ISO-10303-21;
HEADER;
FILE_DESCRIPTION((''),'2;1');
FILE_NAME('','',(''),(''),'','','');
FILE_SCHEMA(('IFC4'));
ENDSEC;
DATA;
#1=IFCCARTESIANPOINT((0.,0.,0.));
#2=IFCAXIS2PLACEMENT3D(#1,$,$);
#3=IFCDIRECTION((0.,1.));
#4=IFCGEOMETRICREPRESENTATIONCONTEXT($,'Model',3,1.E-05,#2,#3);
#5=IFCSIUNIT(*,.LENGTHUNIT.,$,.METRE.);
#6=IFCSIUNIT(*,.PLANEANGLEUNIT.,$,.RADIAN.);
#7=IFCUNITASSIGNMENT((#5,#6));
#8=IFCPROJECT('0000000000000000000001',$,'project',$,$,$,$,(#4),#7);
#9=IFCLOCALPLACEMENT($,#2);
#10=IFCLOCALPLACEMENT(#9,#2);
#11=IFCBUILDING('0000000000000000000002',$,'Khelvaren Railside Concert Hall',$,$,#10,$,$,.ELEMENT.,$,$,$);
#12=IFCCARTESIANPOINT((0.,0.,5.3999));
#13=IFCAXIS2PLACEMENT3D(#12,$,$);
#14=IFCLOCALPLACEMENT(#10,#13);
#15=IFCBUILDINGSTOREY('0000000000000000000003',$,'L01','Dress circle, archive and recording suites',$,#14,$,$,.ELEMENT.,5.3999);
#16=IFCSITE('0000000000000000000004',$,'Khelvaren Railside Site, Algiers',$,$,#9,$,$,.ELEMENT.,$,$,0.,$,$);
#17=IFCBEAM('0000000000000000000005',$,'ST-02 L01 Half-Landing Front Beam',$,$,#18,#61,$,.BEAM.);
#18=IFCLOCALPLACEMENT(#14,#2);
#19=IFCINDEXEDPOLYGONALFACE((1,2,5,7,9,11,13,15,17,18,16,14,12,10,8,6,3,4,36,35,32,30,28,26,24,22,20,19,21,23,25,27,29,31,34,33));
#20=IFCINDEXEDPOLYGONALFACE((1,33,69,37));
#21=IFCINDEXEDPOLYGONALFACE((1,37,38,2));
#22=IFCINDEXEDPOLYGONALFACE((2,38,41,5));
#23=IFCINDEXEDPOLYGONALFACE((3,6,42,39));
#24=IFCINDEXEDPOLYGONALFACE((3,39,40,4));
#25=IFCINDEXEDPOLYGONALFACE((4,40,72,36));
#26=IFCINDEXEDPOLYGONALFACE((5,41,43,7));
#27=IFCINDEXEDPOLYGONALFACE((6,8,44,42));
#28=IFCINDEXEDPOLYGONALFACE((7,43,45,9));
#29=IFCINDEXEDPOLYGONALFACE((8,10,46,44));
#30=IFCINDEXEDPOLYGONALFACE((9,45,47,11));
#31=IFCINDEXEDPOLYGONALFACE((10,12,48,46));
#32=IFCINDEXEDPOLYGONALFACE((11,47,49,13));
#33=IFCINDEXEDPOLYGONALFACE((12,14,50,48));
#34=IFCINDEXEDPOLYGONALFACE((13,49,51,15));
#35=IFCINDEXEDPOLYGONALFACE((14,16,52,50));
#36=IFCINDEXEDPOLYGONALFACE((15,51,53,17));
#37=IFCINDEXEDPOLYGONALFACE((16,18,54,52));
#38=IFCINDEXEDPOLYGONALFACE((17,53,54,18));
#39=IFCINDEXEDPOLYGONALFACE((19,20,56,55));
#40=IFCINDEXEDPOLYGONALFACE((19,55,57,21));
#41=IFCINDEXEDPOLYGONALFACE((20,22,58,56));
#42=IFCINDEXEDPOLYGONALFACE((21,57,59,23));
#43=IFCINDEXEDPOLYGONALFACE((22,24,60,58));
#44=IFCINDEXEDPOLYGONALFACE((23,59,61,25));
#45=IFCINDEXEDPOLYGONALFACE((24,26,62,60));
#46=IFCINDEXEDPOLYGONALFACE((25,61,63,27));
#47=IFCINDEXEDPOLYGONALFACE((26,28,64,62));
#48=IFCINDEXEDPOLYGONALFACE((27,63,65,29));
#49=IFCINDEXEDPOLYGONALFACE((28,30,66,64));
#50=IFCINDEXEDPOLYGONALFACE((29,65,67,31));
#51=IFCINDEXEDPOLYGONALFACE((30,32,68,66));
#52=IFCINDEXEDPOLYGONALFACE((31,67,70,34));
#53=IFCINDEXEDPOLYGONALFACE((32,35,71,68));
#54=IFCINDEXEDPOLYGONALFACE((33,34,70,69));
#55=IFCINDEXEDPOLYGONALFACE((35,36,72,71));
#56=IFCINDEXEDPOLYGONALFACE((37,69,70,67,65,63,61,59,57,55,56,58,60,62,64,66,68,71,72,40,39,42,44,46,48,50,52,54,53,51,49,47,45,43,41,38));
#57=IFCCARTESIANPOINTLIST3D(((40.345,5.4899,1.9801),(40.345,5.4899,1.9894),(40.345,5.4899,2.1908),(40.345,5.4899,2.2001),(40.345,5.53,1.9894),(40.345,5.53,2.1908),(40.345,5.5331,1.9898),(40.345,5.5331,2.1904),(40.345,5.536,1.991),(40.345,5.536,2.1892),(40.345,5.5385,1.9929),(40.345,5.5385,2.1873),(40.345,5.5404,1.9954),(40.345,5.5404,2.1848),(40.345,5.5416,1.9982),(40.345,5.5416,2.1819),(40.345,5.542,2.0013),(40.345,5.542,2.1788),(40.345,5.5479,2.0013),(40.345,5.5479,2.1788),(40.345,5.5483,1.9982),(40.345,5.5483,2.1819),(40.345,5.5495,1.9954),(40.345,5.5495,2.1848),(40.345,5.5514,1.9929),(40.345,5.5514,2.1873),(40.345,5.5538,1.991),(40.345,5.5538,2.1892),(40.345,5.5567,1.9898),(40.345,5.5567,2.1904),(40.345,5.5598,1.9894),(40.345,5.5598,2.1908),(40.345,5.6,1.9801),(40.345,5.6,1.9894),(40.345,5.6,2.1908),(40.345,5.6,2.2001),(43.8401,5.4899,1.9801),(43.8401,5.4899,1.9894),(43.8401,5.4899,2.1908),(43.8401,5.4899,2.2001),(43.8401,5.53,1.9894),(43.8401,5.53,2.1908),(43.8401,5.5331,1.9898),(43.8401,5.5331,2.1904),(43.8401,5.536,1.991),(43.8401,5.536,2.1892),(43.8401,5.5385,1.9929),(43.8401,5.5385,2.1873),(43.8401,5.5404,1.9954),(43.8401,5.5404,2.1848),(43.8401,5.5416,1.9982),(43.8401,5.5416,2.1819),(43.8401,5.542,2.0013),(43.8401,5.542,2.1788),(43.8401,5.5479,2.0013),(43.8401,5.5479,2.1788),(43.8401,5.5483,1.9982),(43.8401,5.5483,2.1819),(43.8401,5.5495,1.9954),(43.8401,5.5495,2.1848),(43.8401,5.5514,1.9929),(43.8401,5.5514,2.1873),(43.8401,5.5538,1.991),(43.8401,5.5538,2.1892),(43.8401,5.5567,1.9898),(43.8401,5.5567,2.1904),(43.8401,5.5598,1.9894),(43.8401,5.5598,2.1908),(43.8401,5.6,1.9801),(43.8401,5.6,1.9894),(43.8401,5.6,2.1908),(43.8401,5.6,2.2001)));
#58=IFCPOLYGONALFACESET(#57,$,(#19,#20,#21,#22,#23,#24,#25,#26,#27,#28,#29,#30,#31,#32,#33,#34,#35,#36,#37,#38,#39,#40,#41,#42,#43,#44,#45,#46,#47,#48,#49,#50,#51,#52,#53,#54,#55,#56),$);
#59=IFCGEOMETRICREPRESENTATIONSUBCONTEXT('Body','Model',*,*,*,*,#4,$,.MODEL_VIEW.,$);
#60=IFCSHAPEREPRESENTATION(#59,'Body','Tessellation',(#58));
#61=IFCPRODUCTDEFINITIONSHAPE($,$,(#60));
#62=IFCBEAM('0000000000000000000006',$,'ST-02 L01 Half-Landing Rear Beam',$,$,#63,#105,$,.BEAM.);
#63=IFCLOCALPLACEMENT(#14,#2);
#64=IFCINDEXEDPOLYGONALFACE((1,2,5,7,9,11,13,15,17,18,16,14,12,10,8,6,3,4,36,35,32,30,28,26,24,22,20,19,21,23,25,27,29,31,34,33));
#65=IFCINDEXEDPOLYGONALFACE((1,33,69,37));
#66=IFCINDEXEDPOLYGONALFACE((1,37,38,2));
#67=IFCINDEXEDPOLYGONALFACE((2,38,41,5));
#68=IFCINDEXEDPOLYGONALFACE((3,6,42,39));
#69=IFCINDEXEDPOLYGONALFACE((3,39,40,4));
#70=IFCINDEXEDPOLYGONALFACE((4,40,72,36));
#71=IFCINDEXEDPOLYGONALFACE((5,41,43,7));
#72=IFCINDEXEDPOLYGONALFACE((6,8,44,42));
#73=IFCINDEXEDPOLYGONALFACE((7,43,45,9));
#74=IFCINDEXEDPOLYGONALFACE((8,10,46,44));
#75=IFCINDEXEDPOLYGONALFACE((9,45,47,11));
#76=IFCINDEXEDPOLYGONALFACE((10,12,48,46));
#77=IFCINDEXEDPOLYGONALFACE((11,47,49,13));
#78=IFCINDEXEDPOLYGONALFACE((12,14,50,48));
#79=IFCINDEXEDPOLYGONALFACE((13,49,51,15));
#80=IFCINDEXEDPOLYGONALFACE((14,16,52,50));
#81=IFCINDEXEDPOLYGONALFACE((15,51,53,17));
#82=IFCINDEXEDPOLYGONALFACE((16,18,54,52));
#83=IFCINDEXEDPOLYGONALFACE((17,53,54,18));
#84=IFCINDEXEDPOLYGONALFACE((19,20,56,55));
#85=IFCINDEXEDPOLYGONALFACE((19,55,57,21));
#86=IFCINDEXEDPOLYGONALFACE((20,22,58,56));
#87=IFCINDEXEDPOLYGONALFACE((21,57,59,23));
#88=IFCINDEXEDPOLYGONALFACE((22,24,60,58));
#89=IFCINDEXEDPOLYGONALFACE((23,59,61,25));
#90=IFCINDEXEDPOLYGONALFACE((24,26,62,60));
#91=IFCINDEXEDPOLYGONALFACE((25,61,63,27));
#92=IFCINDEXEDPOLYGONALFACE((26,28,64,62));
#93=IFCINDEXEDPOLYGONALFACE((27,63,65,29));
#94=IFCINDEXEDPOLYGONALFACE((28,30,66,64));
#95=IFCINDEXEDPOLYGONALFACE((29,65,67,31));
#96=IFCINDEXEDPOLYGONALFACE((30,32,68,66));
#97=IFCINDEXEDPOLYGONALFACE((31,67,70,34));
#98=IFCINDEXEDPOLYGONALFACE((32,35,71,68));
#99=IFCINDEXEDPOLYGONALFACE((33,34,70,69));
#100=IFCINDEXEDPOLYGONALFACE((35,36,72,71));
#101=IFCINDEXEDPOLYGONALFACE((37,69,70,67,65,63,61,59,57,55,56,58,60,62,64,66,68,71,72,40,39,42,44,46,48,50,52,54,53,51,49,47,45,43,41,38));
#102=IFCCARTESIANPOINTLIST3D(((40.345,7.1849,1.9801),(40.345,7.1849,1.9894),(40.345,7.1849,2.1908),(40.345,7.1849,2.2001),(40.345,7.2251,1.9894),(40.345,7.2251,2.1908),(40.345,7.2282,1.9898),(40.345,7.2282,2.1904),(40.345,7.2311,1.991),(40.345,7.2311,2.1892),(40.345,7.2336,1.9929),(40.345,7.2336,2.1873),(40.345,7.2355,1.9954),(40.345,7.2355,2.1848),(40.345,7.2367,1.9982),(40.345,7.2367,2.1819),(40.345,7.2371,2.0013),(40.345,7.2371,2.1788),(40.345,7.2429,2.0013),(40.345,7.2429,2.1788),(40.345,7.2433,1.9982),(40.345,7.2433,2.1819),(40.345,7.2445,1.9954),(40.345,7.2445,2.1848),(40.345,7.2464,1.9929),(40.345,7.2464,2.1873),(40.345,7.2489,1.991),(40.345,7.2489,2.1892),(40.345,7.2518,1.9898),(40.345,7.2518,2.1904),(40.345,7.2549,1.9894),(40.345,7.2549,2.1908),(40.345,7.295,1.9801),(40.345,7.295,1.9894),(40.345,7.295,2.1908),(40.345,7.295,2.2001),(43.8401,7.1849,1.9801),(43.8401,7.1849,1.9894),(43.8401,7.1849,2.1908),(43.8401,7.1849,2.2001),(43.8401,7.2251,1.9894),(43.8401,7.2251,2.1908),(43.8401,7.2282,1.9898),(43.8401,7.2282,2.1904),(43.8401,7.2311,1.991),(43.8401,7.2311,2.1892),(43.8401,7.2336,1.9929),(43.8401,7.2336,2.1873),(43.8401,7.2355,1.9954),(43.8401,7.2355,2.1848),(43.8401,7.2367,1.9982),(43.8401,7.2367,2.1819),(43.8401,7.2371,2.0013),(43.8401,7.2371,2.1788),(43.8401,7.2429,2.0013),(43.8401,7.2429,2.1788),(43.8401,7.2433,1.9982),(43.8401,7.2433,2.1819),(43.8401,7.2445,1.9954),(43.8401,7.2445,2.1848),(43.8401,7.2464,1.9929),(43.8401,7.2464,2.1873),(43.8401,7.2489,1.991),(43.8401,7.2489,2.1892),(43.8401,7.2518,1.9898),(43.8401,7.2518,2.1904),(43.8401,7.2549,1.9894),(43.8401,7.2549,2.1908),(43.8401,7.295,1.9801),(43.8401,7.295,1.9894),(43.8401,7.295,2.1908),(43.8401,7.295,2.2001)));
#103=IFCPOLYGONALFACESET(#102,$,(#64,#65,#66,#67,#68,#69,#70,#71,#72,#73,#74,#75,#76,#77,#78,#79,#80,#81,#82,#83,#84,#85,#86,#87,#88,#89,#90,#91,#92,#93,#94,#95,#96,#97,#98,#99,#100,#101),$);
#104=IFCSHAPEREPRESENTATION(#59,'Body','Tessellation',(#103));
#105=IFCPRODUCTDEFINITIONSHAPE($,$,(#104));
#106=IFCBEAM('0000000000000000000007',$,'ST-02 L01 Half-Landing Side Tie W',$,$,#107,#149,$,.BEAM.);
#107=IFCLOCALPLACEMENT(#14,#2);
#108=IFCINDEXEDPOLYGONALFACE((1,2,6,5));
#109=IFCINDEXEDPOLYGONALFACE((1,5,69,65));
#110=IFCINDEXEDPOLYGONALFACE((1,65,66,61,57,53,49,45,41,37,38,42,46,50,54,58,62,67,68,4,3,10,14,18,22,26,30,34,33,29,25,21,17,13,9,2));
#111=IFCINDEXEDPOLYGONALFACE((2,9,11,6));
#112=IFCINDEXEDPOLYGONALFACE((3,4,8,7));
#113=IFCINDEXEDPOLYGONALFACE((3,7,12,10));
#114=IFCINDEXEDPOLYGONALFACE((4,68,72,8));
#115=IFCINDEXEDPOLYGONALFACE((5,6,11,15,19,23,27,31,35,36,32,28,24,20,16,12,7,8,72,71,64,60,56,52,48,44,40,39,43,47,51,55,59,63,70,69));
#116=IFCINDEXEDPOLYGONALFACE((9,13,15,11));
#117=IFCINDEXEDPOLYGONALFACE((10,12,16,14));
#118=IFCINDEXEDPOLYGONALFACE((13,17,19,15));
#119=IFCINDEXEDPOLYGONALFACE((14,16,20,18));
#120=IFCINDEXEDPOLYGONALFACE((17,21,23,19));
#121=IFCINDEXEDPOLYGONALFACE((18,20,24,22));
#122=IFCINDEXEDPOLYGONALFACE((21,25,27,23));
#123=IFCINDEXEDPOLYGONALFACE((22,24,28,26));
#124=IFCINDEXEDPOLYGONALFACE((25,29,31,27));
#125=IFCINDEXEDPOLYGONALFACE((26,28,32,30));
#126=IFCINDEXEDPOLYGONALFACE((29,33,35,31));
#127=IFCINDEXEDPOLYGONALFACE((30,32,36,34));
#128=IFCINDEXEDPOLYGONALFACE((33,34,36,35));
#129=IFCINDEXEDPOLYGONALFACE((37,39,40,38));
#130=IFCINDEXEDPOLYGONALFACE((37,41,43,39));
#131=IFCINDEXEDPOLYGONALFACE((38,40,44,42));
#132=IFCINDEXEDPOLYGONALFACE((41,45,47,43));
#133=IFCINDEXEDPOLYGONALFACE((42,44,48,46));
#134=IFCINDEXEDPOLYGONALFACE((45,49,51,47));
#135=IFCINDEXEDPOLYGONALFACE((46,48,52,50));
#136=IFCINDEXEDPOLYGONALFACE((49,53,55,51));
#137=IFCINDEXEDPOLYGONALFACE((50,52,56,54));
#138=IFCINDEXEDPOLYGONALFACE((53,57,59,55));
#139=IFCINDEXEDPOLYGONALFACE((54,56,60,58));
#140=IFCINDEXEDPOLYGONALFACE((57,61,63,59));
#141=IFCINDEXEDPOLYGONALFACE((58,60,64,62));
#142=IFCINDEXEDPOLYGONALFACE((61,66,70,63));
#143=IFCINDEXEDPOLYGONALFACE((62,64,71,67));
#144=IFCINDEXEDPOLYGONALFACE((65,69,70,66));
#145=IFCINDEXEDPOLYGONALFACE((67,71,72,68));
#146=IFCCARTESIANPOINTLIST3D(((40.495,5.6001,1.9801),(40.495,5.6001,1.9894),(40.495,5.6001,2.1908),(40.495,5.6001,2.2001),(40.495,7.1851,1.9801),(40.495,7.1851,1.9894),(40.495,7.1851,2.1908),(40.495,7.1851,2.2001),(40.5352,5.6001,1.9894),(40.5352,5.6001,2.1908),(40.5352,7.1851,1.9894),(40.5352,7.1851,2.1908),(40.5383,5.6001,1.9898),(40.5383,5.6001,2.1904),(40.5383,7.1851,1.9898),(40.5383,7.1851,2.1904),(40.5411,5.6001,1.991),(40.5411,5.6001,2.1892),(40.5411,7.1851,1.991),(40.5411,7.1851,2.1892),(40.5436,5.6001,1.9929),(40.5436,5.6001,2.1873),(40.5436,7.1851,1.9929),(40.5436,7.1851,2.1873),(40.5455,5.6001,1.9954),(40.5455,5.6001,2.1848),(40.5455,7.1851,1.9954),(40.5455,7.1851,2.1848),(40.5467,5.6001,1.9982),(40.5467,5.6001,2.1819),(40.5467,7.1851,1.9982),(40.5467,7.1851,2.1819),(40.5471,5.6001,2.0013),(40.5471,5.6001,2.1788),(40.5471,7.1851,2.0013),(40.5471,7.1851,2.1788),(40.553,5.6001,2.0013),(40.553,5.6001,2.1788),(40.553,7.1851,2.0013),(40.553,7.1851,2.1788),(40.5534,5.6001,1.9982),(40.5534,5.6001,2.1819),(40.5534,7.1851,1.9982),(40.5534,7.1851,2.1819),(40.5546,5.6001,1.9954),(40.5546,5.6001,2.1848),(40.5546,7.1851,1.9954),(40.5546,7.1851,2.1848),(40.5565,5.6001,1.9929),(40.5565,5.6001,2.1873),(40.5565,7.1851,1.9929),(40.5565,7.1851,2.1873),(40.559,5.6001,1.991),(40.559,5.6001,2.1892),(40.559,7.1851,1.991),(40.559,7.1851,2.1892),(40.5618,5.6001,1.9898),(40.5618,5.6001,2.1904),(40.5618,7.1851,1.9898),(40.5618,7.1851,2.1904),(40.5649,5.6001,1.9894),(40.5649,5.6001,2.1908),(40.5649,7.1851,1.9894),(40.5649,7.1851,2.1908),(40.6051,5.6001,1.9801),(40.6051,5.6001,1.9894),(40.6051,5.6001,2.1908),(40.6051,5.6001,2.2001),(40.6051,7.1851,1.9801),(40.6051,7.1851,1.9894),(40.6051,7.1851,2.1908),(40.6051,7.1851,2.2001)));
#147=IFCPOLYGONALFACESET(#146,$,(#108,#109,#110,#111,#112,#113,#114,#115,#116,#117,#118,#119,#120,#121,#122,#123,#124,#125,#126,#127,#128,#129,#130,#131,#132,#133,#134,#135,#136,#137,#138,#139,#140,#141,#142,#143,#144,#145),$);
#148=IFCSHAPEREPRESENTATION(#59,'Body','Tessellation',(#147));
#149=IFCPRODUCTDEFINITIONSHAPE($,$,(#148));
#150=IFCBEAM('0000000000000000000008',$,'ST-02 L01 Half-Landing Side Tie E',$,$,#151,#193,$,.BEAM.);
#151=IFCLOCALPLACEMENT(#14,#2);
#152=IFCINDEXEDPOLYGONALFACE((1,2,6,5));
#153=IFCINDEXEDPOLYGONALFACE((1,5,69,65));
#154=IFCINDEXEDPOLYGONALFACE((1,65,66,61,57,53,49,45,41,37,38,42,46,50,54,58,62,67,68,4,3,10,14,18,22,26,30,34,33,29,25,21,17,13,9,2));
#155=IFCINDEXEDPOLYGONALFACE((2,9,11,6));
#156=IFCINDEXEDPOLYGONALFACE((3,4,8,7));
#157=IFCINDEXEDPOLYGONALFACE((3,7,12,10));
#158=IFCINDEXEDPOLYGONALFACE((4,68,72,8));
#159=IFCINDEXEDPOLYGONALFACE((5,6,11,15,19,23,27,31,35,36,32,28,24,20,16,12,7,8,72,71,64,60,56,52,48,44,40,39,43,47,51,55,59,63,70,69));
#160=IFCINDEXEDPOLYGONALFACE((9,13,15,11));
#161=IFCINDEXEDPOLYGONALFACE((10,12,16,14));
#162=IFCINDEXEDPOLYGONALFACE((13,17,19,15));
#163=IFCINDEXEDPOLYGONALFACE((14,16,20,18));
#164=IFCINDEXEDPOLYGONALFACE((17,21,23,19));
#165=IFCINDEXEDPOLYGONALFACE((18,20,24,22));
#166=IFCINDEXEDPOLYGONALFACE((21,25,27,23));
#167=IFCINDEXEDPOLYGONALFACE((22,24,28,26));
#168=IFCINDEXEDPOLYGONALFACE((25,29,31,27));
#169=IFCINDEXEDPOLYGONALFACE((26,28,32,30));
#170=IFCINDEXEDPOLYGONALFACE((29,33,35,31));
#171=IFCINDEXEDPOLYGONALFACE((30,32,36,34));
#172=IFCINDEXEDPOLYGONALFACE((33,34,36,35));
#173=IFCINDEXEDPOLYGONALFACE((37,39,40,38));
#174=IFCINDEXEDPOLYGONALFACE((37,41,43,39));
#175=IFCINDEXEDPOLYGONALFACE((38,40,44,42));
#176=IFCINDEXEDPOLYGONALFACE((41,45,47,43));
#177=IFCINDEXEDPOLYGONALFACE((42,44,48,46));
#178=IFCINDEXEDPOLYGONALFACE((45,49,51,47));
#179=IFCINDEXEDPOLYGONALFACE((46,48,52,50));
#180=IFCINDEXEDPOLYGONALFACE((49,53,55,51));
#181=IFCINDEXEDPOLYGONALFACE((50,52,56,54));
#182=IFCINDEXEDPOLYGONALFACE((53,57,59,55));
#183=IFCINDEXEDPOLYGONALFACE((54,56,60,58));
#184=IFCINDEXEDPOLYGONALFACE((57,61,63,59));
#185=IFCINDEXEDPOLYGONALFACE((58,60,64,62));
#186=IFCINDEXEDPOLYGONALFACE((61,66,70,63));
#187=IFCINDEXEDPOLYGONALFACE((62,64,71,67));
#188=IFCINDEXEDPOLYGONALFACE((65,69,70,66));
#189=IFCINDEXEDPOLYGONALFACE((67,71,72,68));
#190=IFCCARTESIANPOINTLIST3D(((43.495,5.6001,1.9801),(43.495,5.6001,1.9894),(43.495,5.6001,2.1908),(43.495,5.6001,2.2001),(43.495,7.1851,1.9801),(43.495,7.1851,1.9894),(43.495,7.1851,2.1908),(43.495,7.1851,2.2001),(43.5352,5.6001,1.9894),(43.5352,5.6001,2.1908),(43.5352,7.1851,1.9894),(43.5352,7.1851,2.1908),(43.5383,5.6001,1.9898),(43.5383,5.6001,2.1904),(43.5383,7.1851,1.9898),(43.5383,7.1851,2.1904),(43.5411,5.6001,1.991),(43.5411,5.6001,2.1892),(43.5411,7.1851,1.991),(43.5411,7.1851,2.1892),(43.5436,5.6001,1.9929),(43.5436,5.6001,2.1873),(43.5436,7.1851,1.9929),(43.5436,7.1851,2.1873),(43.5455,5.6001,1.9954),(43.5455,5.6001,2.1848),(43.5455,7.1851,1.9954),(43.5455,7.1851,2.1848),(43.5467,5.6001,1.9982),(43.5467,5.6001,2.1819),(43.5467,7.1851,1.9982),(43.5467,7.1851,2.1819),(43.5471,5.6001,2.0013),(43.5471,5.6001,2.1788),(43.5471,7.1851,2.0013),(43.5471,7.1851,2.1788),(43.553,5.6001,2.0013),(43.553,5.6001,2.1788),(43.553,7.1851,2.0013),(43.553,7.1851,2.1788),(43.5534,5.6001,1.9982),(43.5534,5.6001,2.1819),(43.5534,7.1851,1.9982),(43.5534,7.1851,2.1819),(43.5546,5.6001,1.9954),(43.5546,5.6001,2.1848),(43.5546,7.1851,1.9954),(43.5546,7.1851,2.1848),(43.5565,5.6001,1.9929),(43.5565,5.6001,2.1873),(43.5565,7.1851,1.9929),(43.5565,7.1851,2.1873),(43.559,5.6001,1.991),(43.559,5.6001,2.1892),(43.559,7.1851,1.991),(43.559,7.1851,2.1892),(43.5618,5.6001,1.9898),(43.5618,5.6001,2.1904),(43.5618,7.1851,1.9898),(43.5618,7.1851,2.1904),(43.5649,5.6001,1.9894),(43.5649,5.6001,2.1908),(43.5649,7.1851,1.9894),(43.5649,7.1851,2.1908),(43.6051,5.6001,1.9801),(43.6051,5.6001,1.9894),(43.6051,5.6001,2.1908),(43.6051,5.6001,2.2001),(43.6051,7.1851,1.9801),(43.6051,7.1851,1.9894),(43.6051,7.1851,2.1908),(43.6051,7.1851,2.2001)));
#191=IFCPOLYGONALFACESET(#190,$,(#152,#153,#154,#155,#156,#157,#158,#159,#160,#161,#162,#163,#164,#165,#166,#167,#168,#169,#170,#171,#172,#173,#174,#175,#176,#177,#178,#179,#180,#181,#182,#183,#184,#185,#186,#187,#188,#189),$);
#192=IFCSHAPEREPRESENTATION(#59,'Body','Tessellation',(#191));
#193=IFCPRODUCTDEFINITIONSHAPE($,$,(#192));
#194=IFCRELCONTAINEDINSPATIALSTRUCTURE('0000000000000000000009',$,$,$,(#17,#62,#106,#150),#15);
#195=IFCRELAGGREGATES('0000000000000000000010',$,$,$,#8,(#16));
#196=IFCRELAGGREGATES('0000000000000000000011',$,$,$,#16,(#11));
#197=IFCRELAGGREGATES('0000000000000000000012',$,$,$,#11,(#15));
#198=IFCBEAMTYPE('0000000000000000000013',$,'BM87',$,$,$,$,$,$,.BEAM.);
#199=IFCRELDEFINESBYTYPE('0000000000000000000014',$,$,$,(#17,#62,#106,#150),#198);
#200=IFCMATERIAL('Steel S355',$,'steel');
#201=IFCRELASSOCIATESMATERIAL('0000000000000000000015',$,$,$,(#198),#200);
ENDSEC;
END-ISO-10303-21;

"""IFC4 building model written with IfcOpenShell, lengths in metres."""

from ifc_helpers import new_model, si_unit, direction, frame, origin, origin_2d, place, context, subcontext, project, spatial, i_section, extrude, material, material_profile, profile_set, type_object, element, save


model = new_model("IFC4")

# Units and contexts
model_context = context("Model", 3, precision=1e-05, world=origin(), true_north=direction((0.0, 1.0)))
body_context = subcontext(model_context, "Body", "Model", "MODEL_VIEW")
ifc_project = project(units=[si_unit("LENGTHUNIT", "METRE"), si_unit("PLANEANGLEUNIT", "RADIAN")], contexts=[model_context])

# Site, building, storey
site_placement = place(None, origin())
site = spatial("IfcSite", under=ifc_project, at=site_placement, Name="Khelvaren Railside Site, Algiers", CompositionType="ELEMENT", RefElevation=0.0)
building_placement = place(site_placement, origin())
building = spatial("IfcBuilding", under=site, at=building_placement, Name="Khelvaren Railside Concert Hall", CompositionType="ELEMENT")
storey_placement = place(building_placement, frame((0.0, 0.0, 5.3999)))
storey = spatial("IfcBuildingStorey", under=building, at=storey_placement, Name="L01", Description="Dress circle, archive and recording suites", CompositionType="ELEMENT", Elevation=5.3999)

# Shared definitions
ifc_material_1 = material(Name="Steel S355", Category="steel")

# Beams
ifc_material_profile_1 = material_profile(ifc_material_1, i_section(OverallWidth=0.1101, OverallDepth=0.22, WebThickness=0.0059, FlangeThickness=0.0093, FilletRadius=0.012, at=origin_2d()), Name="IPE 220")
ifc_profile_set_1 = profile_set([ifc_material_profile_1], Name="Steel S355")
beam_type_1 = type_object("IfcBeamType", Name="BM87", PredefinedType="BEAM", material=ifc_profile_set_1)
for number, where, z_axis, x_axis, name in (
    (1, (40.345, 5.5449, 2.0901), (1.0, 0.0, 0.0), (0.0, 1.0, 0.0), "ST-02 L01 Half-Landing Front Beam"),
    (2, (40.345, 7.24, 2.0901), (1.0, 0.0, 0.0), (0.0, 1.0, 0.0), "ST-02 L01 Half-Landing Rear Beam"),
):
    element("IfcBeam", number, at=place(storey_placement, frame(where, z_axis=z_axis, x_axis=x_axis)), inside=storey, type_object=beam_type_1, Name=name, PredefinedType="BEAM", context=body_context, shape_type="SweptSolid", body=[
        extrude(i_section(OverallWidth=0.1101, OverallDepth=0.22, WebThickness=0.0059, FlangeThickness=0.0093, FilletRadius=0.012, at=origin_2d()), origin(), (0.0, 0.0, 1.0), 3.4951),
    ])
for number, where, z_axis, x_axis, name in (
    (3, (40.55, 5.6001, 2.0901), (0.0, 1.0, 0.0), (-1.0, 0.0, 0.0), "ST-02 L01 Half-Landing Side Tie W"),
    (4, (43.55, 5.6001, 2.0901), (0.0, 1.0, 0.0), (-1.0, 0.0, 0.0), "ST-02 L01 Half-Landing Side Tie E"),
):
    element("IfcBeam", number, at=place(storey_placement, frame(where, z_axis=z_axis, x_axis=x_axis)), inside=storey, type_object=beam_type_1, Name=name, PredefinedType="BEAM", context=body_context, shape_type="SweptSolid", body=[
        extrude(i_section(OverallWidth=0.1101, OverallDepth=0.22, WebThickness=0.0059, FlangeThickness=0.0093, FilletRadius=0.012, at=origin_2d()), origin(), (0.0, 0.0, 1.0), 1.585),
    ])

save(model, "model.ifc")
